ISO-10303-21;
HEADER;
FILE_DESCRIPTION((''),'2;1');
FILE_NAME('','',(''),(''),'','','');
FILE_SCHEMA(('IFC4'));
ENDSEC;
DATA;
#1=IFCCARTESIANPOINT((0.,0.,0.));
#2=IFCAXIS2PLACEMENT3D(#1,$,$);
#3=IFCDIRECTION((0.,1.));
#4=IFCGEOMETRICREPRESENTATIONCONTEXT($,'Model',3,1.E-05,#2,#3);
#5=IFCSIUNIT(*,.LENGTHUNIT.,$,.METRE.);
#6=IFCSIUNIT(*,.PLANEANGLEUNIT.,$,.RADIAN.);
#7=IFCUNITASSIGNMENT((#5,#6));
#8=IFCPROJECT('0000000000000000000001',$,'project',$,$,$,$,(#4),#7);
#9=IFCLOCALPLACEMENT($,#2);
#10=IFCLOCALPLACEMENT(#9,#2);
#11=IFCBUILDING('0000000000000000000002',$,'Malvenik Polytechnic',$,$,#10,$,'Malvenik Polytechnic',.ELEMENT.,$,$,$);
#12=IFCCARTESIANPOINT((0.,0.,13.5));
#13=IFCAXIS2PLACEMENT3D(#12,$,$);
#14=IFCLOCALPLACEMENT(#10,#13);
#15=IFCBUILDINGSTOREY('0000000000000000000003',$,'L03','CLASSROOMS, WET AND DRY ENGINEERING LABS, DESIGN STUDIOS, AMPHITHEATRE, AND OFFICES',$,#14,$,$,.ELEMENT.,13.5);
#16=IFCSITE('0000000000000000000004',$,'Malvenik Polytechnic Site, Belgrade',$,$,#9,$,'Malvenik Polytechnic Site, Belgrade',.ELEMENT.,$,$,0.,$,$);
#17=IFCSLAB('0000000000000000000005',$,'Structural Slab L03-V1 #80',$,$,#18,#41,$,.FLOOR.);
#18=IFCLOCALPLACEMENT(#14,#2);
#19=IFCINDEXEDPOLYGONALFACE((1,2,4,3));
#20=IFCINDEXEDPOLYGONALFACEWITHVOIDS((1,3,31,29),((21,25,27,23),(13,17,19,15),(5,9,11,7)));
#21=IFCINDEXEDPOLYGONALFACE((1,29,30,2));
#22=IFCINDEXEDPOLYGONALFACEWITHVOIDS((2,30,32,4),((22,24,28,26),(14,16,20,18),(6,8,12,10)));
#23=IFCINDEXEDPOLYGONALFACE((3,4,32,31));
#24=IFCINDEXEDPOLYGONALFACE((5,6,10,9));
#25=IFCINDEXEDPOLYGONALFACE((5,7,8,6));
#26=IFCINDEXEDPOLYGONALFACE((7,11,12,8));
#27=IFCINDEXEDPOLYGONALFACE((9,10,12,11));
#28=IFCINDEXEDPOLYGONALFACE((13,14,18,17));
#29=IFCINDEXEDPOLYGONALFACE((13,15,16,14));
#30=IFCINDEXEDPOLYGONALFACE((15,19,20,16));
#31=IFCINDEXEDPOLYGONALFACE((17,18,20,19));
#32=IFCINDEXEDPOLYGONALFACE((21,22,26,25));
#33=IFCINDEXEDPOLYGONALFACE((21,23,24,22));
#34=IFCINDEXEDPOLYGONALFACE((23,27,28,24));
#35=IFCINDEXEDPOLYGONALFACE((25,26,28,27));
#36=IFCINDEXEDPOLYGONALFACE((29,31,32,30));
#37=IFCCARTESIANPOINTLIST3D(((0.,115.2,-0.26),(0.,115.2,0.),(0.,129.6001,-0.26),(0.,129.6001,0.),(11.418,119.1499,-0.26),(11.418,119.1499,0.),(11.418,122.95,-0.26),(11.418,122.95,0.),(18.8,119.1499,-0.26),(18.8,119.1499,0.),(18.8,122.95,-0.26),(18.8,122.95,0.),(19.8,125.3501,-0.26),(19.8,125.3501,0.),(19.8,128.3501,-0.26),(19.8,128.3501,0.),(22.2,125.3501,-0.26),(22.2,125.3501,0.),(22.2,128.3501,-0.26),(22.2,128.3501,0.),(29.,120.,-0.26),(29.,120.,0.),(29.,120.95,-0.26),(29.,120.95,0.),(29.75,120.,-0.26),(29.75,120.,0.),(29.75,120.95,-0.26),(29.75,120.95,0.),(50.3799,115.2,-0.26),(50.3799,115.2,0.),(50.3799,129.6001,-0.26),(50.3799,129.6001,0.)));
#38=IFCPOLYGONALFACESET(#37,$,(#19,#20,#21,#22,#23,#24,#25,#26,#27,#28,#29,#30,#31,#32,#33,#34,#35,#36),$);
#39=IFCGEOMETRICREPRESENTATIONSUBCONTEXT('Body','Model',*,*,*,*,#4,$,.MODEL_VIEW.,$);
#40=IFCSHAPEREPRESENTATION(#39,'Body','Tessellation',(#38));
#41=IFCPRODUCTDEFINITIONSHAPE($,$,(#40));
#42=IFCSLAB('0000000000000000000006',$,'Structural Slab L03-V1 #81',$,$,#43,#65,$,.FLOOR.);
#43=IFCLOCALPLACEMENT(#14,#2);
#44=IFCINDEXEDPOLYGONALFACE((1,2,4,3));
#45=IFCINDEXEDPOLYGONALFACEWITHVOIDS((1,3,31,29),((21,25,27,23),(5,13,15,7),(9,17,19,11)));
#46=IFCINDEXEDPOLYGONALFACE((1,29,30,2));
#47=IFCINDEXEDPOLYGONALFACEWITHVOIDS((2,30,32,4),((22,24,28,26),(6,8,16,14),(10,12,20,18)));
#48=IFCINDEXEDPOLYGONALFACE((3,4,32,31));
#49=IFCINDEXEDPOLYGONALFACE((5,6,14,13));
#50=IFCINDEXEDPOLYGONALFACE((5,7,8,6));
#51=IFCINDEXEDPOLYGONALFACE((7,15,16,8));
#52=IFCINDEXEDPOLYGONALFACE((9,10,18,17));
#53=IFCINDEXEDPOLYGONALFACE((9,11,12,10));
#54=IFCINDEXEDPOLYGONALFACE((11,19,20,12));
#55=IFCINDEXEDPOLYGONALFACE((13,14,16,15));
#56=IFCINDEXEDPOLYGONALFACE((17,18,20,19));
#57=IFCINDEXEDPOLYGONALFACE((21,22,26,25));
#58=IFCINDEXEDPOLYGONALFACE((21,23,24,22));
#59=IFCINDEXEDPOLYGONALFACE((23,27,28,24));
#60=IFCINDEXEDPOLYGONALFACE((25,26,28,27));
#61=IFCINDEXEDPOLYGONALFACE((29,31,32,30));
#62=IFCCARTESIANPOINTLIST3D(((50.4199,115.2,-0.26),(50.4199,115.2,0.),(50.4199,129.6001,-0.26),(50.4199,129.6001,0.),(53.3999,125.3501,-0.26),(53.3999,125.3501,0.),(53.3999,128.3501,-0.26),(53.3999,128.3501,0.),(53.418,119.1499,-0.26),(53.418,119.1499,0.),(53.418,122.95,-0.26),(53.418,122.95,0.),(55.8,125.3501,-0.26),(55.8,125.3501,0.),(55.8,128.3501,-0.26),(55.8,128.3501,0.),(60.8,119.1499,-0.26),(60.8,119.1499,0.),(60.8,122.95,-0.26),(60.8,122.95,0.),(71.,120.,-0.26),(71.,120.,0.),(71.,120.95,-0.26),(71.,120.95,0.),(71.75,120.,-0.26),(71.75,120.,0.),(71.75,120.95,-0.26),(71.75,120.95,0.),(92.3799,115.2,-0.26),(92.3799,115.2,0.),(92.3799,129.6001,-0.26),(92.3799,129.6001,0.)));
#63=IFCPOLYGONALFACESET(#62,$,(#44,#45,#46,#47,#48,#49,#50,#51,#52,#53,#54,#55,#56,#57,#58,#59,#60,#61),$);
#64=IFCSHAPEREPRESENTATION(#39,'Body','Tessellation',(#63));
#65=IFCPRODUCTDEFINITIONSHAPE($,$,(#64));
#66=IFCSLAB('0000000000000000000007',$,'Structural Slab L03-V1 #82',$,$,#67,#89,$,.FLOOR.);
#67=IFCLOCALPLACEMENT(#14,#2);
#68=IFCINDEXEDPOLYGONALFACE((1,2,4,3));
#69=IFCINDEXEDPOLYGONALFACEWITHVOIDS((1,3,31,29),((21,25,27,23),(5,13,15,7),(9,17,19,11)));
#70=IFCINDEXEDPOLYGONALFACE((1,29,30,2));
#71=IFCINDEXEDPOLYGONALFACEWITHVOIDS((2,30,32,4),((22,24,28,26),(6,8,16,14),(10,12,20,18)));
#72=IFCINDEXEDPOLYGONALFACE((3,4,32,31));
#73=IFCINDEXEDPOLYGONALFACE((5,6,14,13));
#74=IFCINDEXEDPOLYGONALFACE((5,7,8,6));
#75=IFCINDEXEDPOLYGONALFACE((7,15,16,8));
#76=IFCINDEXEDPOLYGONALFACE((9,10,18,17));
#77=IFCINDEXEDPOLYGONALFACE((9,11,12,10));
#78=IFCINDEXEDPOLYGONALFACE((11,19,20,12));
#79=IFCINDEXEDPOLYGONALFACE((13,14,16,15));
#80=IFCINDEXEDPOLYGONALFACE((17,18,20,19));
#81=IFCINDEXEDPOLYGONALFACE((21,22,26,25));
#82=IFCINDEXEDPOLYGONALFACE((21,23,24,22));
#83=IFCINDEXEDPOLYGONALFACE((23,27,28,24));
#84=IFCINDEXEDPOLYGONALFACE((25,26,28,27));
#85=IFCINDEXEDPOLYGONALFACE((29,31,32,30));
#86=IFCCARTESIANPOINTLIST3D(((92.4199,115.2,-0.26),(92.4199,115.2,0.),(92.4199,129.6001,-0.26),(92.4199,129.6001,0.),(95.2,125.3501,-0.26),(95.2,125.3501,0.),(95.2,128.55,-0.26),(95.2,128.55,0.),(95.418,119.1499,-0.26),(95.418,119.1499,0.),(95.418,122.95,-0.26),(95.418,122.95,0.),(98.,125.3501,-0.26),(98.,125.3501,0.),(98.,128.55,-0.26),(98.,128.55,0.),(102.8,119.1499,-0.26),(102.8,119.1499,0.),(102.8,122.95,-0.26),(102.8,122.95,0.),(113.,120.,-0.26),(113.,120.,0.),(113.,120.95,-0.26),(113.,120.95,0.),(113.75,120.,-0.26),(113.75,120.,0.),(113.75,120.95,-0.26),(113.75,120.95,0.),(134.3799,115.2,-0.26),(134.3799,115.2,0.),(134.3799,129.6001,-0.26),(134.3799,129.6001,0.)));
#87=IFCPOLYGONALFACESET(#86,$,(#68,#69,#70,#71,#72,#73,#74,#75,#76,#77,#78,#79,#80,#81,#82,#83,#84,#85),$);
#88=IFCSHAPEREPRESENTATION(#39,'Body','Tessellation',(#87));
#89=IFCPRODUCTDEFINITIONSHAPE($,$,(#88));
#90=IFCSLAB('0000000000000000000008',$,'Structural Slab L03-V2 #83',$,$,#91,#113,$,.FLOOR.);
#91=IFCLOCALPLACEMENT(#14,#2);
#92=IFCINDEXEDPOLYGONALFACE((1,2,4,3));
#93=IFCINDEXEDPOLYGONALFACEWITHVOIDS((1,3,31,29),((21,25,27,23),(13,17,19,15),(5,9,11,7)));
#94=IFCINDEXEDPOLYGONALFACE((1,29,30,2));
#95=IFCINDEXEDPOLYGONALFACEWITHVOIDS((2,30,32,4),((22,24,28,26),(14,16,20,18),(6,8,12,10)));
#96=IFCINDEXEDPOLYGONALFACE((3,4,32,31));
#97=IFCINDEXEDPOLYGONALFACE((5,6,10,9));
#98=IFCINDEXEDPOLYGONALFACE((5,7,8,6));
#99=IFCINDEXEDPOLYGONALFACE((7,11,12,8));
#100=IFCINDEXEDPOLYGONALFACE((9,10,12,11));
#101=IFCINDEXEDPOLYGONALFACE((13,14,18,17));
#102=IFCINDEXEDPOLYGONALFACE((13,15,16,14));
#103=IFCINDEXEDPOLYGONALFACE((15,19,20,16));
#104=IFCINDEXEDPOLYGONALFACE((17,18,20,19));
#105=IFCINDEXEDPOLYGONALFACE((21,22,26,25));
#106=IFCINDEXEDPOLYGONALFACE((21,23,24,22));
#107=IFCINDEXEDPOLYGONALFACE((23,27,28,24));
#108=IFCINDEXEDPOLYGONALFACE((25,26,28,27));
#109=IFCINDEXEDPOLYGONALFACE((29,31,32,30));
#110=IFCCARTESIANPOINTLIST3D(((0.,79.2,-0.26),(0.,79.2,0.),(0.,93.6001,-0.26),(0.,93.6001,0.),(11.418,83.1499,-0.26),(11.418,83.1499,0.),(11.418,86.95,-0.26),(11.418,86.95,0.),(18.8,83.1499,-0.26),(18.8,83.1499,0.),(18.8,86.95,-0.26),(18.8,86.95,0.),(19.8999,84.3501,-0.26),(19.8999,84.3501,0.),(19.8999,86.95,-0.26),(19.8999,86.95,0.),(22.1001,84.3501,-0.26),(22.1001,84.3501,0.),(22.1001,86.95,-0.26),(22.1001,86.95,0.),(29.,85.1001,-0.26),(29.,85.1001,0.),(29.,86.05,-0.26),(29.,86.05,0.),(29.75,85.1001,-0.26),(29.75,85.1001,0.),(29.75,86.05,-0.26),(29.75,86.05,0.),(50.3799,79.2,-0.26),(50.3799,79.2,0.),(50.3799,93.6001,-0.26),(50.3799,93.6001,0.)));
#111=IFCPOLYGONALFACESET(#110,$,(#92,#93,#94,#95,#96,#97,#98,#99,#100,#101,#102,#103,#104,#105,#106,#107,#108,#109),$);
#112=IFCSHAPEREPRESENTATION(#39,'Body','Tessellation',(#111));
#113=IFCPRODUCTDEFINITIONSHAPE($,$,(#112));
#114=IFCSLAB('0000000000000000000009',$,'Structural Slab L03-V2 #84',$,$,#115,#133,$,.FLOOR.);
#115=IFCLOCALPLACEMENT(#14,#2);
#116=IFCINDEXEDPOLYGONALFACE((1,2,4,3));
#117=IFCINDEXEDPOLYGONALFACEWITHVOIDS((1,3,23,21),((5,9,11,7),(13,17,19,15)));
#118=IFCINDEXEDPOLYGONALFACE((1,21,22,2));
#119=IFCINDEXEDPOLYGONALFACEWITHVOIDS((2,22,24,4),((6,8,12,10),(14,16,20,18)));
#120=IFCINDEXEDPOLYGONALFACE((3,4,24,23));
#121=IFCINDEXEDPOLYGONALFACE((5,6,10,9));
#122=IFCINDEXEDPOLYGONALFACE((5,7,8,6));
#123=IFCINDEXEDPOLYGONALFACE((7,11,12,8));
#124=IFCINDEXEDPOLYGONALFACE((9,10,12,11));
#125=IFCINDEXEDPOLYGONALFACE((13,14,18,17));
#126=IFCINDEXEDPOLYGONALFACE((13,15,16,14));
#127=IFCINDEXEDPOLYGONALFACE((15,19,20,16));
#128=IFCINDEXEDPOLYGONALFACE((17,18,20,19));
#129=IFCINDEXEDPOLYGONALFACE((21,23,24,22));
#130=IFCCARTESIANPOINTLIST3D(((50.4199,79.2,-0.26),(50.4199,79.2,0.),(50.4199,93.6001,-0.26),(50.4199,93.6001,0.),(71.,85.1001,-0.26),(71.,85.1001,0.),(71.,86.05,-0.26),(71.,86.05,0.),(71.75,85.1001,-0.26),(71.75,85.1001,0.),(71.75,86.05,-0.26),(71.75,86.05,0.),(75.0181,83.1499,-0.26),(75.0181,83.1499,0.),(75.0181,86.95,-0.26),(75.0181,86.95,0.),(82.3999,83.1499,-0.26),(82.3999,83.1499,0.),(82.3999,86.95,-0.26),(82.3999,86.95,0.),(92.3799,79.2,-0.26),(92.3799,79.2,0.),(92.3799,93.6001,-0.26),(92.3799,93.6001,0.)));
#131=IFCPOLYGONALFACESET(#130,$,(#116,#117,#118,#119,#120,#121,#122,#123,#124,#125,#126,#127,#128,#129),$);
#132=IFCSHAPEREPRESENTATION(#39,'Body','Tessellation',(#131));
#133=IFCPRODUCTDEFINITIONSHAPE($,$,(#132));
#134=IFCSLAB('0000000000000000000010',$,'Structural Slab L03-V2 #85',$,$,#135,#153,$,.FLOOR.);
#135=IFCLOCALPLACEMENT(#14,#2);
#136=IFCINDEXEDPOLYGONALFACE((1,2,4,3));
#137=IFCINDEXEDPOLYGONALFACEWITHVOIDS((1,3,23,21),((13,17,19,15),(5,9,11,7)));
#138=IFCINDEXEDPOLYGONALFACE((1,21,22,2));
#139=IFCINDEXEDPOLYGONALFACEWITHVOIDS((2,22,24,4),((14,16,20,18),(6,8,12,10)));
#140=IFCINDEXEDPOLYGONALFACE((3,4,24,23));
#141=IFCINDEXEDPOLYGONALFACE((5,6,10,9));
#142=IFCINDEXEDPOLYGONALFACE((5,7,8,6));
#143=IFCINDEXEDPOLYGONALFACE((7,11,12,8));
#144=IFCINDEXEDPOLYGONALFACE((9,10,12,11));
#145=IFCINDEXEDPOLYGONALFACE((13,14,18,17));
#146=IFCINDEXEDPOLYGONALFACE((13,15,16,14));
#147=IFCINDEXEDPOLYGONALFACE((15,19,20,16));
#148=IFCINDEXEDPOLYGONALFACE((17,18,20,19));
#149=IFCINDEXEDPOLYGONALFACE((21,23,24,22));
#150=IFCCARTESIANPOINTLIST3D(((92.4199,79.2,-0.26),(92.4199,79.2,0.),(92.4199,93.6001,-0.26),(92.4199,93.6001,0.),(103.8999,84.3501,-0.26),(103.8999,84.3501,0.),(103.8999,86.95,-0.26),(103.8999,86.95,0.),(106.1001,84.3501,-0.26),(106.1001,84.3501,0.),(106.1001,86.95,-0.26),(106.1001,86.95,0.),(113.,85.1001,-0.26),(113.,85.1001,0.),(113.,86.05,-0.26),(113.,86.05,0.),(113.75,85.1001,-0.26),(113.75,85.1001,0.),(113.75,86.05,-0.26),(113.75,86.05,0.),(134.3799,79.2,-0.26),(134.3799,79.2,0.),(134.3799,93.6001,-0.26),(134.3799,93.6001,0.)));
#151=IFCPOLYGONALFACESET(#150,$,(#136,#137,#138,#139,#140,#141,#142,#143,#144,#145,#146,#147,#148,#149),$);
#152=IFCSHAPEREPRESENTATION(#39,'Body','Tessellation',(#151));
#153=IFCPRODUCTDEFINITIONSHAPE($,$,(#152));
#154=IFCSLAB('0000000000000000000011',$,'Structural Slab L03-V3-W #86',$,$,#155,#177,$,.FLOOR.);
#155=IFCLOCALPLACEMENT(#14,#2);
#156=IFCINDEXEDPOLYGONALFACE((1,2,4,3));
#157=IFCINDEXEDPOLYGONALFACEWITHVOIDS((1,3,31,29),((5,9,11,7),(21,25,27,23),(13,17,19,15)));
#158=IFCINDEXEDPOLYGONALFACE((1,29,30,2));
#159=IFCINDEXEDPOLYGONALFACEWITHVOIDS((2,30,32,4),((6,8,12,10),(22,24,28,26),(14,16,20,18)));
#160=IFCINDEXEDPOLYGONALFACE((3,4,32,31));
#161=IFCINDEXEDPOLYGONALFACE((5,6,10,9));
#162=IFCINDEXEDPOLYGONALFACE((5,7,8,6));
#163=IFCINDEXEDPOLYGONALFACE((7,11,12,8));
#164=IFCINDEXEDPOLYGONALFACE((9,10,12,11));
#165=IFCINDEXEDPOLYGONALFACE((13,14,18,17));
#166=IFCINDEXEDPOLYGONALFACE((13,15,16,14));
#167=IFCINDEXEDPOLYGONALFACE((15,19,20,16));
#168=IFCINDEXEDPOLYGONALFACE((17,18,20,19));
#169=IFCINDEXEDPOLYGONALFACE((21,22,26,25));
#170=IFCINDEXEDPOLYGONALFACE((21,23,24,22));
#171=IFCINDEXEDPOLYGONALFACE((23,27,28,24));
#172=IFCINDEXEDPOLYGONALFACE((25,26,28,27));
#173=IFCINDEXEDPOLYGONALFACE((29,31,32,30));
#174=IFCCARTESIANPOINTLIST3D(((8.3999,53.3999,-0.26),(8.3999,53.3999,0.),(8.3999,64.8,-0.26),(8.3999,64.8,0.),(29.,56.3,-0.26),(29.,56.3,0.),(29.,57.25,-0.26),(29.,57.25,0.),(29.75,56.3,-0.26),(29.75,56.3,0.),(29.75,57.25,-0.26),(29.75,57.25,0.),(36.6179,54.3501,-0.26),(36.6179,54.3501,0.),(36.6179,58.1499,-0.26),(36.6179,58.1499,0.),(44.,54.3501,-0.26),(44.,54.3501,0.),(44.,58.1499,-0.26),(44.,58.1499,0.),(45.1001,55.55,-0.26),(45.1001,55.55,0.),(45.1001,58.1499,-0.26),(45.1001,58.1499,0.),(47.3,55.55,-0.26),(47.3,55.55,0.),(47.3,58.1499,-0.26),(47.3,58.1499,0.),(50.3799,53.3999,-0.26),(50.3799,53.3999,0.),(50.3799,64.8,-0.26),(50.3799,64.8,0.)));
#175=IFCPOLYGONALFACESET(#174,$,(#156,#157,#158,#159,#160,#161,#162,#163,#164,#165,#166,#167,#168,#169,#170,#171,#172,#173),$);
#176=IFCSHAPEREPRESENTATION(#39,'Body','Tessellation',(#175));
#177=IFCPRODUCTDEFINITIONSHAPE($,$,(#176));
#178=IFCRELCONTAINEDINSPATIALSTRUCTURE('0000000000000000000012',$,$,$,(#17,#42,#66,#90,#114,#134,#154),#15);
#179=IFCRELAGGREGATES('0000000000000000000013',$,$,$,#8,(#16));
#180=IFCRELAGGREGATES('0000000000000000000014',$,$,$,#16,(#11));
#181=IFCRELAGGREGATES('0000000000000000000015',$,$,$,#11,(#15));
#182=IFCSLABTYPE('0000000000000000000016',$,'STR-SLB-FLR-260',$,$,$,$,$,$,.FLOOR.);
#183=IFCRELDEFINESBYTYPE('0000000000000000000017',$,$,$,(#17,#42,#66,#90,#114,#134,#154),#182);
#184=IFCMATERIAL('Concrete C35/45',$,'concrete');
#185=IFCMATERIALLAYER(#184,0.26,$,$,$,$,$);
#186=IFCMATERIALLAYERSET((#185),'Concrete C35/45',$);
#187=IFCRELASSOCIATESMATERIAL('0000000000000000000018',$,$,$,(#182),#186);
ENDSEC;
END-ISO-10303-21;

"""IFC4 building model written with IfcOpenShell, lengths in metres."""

from ifc_helpers import new_model, si_unit, direction, frame, origin, place, context, subcontext, project, spatial, polyline, outline, extrude, material, layer, layer_set, type_object, element, save


model = new_model("IFC4")

# Units and contexts
model_context = context("Model", 3, precision=1e-05, world=origin(), true_north=direction((0.0, 1.0)))
body_context = subcontext(model_context, "Body", "Model", "MODEL_VIEW")
ifc_project = project(units=[si_unit("LENGTHUNIT", "METRE"), si_unit("PLANEANGLEUNIT", "RADIAN")], contexts=[model_context])

# Site, building, storey
site_placement = place(None, origin())
site = spatial("IfcSite", under=ifc_project, at=site_placement, Name="Malvenik Polytechnic Site, Belgrade", LongName="Malvenik Polytechnic Site, Belgrade", CompositionType="ELEMENT", RefElevation=0.0)
building_placement = place(site_placement, origin())
building = spatial("IfcBuilding", under=site, at=building_placement, Name="Malvenik Polytechnic", LongName="Malvenik Polytechnic", CompositionType="ELEMENT")
storey_placement = place(building_placement, frame((0.0, 0.0, 13.5)))
storey = spatial("IfcBuildingStorey", under=building, at=storey_placement, Name="L03", Description="CLASSROOMS, WET AND DRY ENGINEERING LABS, DESIGN STUDIOS, AMPHITHEATRE, AND OFFICES", CompositionType="ELEMENT", Elevation=13.5)

# Shared definitions
ifc_material = material(Name="Concrete C35/45", Category="concrete")

# Slabs
ifc_layer_1 = layer(ifc_material, 0.26)
ifc_layer_set_1 = layer_set([ifc_layer_1], Name="Concrete C35/45")
slab_type_1 = type_object("IfcSlabType", Name="STR-SLB-FLR-260", PredefinedType="FLOOR", material=ifc_layer_set_1)
slab_1_placement = place(storey_placement, frame((0.0, 0.0, -0.26)))
element("IfcSlab", 1, at=slab_1_placement, inside=storey, type_object=slab_type_1, Name="Structural Slab L03-V1 #80", PredefinedType="FLOOR", context=body_context, shape_type="SweptSolid", body=[
    extrude(outline(polyline([(0.0, 129.6001), (50.3799, 129.6001), (50.3799, 115.2), (0.0, 115.2), (0.0, 129.6001)]), holes=[polyline([(29.0, 120.95), (29.0, 120.0), (29.75, 120.0), (29.75, 120.95), (29.0, 120.95)]), polyline([(18.8, 122.95), (11.418, 122.95), (11.418, 119.1499), (18.8, 119.1499), (18.8, 122.95)]), polyline([(22.2, 128.3501), (19.8, 128.3501), (19.8, 125.3501), (22.2, 125.3501), (22.2, 128.3501)])]), origin(), (0.0, 0.0, 1.0), 0.26),
])
slab_2_placement = place(storey_placement, frame((0.0, 0.0, -0.26)))
element("IfcSlab", 2, at=slab_2_placement, inside=storey, type_object=slab_type_1, Name="Structural Slab L03-V1 #81", PredefinedType="FLOOR", context=body_context, shape_type="SweptSolid", body=[
    extrude(outline(polyline([(92.3799, 129.6001), (92.3799, 115.2), (50.4199, 115.2), (50.4199, 129.6001), (92.3799, 129.6001)]), holes=[polyline([(55.8, 128.3501), (53.3999, 128.3501), (53.3999, 125.3501), (55.8, 125.3501), (55.8, 128.3501)]), polyline([(71.0, 120.95), (71.0, 120.0), (71.75, 120.0), (71.75, 120.95), (71.0, 120.95)]), polyline([(60.8, 122.95), (53.418, 122.95), (53.418, 119.1499), (60.8, 119.1499), (60.8, 122.95)])]), origin(), (0.0, 0.0, 1.0), 0.26),
])
slab_3_placement = place(storey_placement, frame((0.0, 0.0, -0.26)))
element("IfcSlab", 3, at=slab_3_placement, inside=storey, type_object=slab_type_1, Name="Structural Slab L03-V1 #82", PredefinedType="FLOOR", context=body_context, shape_type="SweptSolid", body=[
    extrude(outline(polyline([(134.3799, 129.6001), (134.3799, 115.2), (92.4199, 115.2), (92.4199, 129.6001), (134.3799, 129.6001)]), holes=[polyline([(113.0, 120.95), (113.0, 120.0), (113.75, 120.0), (113.75, 120.95), (113.0, 120.95)]), polyline([(102.8, 119.1499), (102.8, 122.95), (95.418, 122.95), (95.418, 119.1499), (102.8, 119.1499)]), polyline([(98.0, 128.55), (95.2, 128.55), (95.2, 125.3501), (98.0, 125.3501), (98.0, 128.55)])]), origin(), (0.0, 0.0, 1.0), 0.26),
])
slab_4_placement = place(storey_placement, frame((0.0, 0.0, -0.26)))
element("IfcSlab", 4, at=slab_4_placement, inside=storey, type_object=slab_type_1, Name="Structural Slab L03-V2 #83", PredefinedType="FLOOR", context=body_context, shape_type="SweptSolid", body=[
    extrude(outline(polyline([(50.3799, 93.6001), (50.3799, 79.2), (0.0, 79.2), (0.0, 93.6001), (50.3799, 93.6001)]), holes=[polyline([(18.8, 83.1499), (18.8, 86.95), (11.418, 86.95), (11.418, 83.1499), (18.8, 83.1499)]), polyline([(29.75, 86.05), (29.0, 86.05), (29.0, 85.1001), (29.75, 85.1001), (29.75, 86.05)]), polyline([(19.8999, 86.95), (19.8999, 84.3501), (22.1001, 84.3501), (22.1001, 86.95), (19.8999, 86.95)])]), origin(), (0.0, 0.0, 1.0), 0.26),
])
slab_5_placement = place(storey_placement, frame((0.0, 0.0, -0.26)))
element("IfcSlab", 5, at=slab_5_placement, inside=storey, type_object=slab_type_1, Name="Structural Slab L03-V2 #84", PredefinedType="FLOOR", context=body_context, shape_type="SweptSolid", body=[
    extrude(outline(polyline([(92.3799, 93.6001), (92.3799, 79.2), (50.4199, 79.2), (50.4199, 93.6001), (92.3799, 93.6001)]), holes=[polyline([(82.3999, 86.95), (75.0181, 86.95), (75.0181, 83.1499), (82.3999, 83.1499), (82.3999, 86.95)]), polyline([(71.0, 86.05), (71.0, 85.1001), (71.75, 85.1001), (71.75, 86.05), (71.0, 86.05)])]), origin(), (0.0, 0.0, 1.0), 0.26),
])
slab_6_placement = place(storey_placement, frame((0.0, 0.0, -0.26)))
element("IfcSlab", 6, at=slab_6_placement, inside=storey, type_object=slab_type_1, Name="Structural Slab L03-V2 #85", PredefinedType="FLOOR", context=body_context, shape_type="SweptSolid", body=[
    extrude(outline(polyline([(134.3799, 93.6001), (134.3799, 79.2), (92.4199, 79.2), (92.4199, 93.6001), (134.3799, 93.6001)]), holes=[polyline([(113.0, 86.05), (113.0, 85.1001), (113.75, 85.1001), (113.75, 86.05), (113.0, 86.05)]), polyline([(106.1001, 86.95), (103.8999, 86.95), (103.8999, 84.3501), (106.1001, 84.3501), (106.1001, 86.95)])]), origin(), (0.0, 0.0, 1.0), 0.26),
])
slab_7_placement = place(storey_placement, frame((0.0, 0.0, -0.26)))
element("IfcSlab", 7, at=slab_7_placement, inside=storey, type_object=slab_type_1, Name="Structural Slab L03-V3-W #86", PredefinedType="FLOOR", context=body_context, shape_type="SweptSolid", body=[
    extrude(outline(polyline([(50.3799, 64.8), (50.3799, 53.3999), (8.3999, 53.3999), (8.3999, 64.8), (50.3799, 64.8)]), holes=[polyline([(44.0, 58.1499), (36.6179, 58.1499), (36.6179, 54.3501), (44.0, 54.3501), (44.0, 58.1499)]), polyline([(29.0, 57.25), (29.0, 56.3), (29.75, 56.3), (29.75, 57.25), (29.0, 57.25)]), polyline([(45.1001, 58.1499), (45.1001, 55.55), (47.3, 55.55), (47.3, 58.1499), (45.1001, 58.1499)])]), origin(), (0.0, 0.0, 1.0), 0.26),
])

save(model, "model.ifc")
